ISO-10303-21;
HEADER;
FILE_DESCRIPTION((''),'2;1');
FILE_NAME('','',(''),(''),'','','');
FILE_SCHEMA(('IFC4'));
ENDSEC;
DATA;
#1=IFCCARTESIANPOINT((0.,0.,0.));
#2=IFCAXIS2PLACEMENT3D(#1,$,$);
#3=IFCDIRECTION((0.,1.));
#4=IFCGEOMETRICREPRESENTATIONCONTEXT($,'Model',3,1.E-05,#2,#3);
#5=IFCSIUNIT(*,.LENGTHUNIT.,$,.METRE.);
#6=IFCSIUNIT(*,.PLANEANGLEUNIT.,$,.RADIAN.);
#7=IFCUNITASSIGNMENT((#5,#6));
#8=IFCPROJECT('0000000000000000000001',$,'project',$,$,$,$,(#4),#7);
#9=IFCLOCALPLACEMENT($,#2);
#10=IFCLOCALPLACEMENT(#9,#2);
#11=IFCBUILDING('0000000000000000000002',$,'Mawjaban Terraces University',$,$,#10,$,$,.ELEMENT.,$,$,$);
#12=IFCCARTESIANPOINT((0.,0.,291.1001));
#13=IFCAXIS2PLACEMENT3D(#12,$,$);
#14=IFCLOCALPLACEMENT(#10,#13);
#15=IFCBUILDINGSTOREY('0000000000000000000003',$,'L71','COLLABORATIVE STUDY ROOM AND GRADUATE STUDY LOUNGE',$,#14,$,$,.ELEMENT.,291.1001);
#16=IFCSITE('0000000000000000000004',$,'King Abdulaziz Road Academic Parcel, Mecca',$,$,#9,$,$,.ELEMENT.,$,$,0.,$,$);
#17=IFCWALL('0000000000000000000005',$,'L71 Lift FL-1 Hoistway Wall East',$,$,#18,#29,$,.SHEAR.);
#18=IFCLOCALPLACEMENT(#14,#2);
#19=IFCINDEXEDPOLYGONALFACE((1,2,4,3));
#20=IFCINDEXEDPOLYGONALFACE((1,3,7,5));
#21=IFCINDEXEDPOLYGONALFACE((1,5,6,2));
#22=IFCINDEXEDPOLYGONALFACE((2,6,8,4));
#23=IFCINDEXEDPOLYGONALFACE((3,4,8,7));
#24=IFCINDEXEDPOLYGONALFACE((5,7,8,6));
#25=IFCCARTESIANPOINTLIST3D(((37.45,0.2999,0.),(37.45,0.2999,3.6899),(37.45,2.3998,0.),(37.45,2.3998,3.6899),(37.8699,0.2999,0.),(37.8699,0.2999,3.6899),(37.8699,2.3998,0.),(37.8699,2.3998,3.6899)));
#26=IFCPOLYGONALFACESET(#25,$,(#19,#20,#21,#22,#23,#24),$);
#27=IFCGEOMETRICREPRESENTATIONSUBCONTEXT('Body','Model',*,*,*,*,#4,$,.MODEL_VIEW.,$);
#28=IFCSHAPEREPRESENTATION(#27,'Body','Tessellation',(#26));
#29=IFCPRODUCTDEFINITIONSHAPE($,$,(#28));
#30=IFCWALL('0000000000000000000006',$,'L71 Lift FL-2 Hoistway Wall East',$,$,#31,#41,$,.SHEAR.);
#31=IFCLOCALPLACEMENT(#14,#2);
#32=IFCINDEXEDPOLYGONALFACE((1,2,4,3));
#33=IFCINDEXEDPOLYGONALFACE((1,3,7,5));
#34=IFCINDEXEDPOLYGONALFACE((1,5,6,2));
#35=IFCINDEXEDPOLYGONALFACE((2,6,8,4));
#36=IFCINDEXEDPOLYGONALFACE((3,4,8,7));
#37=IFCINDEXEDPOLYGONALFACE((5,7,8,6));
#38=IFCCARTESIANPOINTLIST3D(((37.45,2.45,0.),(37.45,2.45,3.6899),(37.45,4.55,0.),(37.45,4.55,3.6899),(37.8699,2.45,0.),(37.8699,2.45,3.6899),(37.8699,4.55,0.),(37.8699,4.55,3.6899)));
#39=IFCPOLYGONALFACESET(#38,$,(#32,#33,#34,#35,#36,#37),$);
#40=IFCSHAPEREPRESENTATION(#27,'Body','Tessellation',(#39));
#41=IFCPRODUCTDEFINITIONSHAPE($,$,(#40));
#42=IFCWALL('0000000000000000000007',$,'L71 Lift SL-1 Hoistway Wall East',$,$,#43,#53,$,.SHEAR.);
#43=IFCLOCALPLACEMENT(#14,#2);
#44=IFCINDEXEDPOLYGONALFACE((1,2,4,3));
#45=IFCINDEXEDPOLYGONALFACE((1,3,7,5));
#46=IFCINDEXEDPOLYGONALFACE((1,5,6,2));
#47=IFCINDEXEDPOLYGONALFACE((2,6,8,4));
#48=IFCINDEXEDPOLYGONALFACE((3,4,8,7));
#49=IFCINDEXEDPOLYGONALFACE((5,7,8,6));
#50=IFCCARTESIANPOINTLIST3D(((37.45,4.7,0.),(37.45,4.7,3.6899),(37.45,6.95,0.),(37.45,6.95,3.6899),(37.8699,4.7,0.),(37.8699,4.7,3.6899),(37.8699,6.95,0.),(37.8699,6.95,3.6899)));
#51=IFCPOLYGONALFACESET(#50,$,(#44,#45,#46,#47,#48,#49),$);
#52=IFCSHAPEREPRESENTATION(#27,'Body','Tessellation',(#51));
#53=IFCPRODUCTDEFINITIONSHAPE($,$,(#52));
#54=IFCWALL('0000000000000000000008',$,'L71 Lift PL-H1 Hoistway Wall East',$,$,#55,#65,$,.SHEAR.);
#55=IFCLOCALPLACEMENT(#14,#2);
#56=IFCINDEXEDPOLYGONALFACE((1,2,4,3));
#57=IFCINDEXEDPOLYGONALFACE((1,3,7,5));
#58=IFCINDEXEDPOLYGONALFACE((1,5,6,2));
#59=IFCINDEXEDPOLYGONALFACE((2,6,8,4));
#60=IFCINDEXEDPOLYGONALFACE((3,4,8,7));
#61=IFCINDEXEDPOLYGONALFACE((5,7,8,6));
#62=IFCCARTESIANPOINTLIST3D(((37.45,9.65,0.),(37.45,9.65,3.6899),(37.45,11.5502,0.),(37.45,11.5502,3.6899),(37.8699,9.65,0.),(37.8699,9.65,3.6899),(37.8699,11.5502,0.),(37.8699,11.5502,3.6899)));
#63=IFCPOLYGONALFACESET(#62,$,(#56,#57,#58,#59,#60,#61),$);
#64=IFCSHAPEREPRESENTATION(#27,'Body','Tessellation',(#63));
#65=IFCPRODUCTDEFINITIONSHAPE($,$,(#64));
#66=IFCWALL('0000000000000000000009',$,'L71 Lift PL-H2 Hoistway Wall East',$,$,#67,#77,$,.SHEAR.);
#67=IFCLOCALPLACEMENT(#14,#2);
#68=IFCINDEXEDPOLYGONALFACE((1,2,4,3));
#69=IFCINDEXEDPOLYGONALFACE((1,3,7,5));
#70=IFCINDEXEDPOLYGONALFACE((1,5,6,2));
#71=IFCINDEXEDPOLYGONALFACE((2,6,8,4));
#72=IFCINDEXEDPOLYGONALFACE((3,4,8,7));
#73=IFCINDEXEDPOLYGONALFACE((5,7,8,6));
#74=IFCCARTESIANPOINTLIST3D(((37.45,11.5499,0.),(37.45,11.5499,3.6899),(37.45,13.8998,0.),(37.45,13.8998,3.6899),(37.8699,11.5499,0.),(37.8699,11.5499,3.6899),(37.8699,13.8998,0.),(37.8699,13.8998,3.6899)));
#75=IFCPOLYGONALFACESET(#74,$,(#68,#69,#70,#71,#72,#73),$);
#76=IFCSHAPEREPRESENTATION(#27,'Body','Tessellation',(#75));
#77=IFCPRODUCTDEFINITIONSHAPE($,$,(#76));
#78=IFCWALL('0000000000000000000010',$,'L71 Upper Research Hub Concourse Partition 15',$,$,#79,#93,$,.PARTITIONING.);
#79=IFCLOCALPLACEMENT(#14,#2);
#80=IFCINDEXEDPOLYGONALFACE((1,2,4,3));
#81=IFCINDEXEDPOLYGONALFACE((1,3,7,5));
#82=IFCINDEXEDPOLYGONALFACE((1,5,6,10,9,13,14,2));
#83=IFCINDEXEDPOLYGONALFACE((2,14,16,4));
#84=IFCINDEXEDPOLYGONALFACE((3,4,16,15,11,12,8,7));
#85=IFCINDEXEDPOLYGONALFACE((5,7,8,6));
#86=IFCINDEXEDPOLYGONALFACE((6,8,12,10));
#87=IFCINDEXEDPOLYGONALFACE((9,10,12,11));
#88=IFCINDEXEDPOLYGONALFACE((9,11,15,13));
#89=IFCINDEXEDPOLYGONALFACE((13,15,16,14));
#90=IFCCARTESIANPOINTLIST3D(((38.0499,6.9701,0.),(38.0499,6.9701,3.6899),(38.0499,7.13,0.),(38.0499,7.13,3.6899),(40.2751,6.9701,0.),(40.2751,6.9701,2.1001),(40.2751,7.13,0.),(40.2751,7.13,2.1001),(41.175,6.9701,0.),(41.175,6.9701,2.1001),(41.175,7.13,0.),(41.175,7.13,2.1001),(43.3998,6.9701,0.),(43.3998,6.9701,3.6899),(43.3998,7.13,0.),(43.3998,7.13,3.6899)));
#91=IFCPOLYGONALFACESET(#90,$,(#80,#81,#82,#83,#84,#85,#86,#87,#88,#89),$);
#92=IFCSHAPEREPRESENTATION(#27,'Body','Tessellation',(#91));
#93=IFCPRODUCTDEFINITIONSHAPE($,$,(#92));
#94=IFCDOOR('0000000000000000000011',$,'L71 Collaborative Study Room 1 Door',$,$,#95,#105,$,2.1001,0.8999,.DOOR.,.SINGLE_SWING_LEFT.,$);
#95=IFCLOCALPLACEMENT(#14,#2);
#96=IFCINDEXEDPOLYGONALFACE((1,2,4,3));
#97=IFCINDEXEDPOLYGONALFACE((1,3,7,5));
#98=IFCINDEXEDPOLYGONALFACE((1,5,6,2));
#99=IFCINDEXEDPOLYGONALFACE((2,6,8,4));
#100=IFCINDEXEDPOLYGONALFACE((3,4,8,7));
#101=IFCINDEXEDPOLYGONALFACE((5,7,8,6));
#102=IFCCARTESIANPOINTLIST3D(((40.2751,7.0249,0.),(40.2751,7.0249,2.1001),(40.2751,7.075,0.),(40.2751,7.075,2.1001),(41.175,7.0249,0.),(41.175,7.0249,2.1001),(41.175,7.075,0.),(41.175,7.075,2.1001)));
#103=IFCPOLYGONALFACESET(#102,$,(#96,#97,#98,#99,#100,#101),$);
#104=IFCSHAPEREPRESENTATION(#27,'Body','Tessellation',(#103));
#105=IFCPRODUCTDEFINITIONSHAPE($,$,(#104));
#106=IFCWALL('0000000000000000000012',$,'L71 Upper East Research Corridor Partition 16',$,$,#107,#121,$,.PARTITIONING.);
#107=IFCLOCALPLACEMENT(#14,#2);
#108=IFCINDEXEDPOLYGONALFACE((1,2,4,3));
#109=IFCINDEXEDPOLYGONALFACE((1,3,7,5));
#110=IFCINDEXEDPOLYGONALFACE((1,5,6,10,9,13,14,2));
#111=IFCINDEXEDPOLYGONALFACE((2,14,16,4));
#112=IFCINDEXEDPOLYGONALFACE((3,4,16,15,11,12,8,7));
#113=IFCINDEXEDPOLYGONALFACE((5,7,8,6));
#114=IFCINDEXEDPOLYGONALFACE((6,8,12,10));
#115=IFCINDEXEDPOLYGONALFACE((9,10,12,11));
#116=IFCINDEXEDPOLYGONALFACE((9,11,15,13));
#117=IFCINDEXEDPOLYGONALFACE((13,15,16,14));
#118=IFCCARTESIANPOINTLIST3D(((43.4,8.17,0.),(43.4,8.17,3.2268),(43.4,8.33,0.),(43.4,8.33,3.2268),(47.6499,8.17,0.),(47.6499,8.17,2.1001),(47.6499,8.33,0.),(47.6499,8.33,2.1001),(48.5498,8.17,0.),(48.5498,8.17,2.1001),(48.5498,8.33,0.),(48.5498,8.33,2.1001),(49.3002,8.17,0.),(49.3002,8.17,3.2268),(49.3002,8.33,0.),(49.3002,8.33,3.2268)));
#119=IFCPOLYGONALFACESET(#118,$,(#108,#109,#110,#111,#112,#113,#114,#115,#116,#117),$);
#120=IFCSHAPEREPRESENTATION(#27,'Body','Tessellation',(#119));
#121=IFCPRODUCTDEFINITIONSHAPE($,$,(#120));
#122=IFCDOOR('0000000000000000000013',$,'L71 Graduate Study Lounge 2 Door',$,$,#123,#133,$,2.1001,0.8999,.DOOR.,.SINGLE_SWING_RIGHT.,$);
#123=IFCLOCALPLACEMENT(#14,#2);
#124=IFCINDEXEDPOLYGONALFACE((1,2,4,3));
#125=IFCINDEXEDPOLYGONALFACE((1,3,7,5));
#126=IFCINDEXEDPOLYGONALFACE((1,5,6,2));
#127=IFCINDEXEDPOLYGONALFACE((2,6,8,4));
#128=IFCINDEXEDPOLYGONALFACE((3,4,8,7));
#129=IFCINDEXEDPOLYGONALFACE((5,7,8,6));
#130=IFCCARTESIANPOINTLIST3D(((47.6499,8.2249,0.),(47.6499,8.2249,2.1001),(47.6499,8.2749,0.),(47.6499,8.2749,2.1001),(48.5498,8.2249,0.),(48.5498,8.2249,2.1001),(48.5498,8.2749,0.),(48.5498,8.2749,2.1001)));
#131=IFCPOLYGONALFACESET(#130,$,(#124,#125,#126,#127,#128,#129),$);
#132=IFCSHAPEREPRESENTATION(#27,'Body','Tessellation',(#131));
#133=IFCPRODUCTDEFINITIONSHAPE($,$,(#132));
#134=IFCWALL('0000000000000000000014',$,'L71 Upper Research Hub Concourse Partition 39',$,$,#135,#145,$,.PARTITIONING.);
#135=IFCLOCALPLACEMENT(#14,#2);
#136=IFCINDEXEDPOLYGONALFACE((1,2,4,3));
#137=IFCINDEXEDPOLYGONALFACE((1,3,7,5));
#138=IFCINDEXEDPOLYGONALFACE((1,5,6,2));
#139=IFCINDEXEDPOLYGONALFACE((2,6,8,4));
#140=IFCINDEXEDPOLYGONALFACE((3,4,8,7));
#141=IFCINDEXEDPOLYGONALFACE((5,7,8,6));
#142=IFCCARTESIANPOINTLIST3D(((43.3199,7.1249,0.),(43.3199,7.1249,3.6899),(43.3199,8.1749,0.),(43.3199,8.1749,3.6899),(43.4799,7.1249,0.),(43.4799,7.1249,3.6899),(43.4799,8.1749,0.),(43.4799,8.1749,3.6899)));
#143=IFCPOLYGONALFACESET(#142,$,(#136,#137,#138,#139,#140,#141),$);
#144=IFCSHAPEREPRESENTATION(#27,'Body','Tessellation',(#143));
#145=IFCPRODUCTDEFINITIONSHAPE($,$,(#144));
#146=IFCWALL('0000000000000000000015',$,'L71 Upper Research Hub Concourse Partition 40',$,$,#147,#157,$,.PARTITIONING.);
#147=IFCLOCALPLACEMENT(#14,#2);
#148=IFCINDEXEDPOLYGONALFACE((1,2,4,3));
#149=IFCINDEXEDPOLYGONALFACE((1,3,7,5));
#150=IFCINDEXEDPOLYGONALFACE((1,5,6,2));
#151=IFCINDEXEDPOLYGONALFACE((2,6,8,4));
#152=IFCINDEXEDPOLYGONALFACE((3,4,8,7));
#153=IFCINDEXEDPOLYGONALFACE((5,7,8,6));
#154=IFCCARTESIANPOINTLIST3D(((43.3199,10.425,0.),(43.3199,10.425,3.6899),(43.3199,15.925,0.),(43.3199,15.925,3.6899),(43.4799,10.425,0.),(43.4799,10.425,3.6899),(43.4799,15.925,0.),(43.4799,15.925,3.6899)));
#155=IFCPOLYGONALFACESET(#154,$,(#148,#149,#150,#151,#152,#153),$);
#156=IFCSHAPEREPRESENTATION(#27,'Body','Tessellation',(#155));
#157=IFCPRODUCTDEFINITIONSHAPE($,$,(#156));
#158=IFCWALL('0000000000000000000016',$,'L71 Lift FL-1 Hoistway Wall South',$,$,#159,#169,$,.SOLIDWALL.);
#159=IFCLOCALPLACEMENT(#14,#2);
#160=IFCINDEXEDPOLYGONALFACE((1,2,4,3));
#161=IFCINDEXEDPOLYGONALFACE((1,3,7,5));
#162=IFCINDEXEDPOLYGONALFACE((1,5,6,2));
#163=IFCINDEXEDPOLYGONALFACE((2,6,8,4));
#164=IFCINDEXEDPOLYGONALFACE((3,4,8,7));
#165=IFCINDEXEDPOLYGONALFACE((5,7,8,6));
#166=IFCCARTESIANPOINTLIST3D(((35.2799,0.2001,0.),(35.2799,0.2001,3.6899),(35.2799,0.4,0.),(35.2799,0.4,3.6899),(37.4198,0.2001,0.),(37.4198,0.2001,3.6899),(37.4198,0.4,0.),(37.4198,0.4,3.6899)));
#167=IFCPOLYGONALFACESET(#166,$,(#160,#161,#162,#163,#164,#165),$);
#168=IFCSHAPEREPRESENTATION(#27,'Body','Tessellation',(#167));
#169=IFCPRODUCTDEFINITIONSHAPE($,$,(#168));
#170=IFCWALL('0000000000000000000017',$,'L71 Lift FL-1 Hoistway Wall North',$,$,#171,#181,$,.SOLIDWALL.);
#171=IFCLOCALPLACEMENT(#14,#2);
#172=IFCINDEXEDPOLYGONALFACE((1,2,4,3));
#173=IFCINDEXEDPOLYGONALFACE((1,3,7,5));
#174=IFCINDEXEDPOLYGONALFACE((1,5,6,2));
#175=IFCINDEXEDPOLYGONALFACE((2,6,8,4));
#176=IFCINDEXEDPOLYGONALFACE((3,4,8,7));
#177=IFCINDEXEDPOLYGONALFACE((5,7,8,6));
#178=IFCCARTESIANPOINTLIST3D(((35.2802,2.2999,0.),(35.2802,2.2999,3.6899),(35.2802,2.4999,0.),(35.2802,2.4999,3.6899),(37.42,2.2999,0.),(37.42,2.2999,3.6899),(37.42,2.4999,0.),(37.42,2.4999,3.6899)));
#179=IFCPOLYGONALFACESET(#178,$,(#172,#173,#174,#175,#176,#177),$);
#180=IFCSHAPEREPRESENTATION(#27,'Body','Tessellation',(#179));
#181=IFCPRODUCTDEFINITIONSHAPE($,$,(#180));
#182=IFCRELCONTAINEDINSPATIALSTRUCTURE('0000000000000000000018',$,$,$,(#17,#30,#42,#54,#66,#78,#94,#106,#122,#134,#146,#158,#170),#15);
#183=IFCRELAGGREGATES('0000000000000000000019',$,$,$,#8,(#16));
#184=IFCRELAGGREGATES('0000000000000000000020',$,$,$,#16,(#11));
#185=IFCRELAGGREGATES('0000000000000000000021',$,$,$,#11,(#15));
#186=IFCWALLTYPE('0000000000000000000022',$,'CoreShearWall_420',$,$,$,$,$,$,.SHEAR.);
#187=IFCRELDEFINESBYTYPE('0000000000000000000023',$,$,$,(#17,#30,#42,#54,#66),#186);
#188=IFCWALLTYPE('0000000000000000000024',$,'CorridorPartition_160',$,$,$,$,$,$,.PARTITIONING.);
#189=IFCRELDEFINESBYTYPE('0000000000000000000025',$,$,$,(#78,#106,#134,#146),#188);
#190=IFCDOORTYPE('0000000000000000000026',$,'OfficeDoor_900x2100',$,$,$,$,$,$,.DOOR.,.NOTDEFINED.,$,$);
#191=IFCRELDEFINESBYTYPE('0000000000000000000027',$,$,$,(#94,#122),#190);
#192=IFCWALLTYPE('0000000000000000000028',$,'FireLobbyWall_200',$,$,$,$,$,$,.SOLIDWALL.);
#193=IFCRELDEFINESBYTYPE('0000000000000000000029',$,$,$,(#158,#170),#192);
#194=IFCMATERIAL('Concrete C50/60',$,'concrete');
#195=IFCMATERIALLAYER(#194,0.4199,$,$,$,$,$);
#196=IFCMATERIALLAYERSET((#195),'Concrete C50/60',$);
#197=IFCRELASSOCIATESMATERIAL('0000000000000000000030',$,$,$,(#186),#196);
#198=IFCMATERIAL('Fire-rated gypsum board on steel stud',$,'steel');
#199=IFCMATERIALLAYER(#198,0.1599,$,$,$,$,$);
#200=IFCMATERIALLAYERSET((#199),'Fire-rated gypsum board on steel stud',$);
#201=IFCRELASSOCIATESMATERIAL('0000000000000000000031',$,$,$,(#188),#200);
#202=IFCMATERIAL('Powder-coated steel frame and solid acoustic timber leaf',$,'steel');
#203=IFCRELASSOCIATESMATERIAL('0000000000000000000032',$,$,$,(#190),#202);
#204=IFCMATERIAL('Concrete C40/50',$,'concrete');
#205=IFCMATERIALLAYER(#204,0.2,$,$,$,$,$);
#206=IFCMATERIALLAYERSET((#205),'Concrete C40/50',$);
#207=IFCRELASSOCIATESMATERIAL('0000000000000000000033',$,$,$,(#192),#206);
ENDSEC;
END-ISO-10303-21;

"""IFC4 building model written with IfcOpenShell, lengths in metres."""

from ifc_helpers import new_model, si_unit, direction, frame, frame_2d, origin, place, context, subcontext, project, spatial, rectangle, extrude, material, layer, layer_set, type_object, element, fill, save


model = new_model("IFC4")

# Units and contexts
model_context = context("Model", 3, precision=1e-05, world=origin(), true_north=direction((0.0, 1.0)))
body_context = subcontext(model_context, "Body", "Model", "MODEL_VIEW")
ifc_project = project(units=[si_unit("LENGTHUNIT", "METRE"), si_unit("PLANEANGLEUNIT", "RADIAN")], contexts=[model_context])

# Site, building, storey
site_placement = place(None, origin())
site = spatial("IfcSite", under=ifc_project, at=site_placement, Name="King Abdulaziz Road Academic Parcel, Mecca", CompositionType="ELEMENT", RefElevation=0.0)
building_placement = place(site_placement, origin())
building = spatial("IfcBuilding", under=site, at=building_placement, Name="Mawjaban Terraces University", CompositionType="ELEMENT")
storey_placement = place(building_placement, frame((0.0, 0.0, 291.1001)))
storey = spatial("IfcBuildingStorey", under=building, at=storey_placement, Name="L71", Description="COLLABORATIVE STUDY ROOM AND GRADUATE STUDY LOUNGE", CompositionType="ELEMENT", Elevation=291.1001)

# Shared definitions
ifc_material_1 = material(Name="Concrete C50/60", Category="concrete")

# Walls
ifc_layer_1 = layer(ifc_material_1, 0.4199)
ifc_layer_set_1 = layer_set([ifc_layer_1], Name="Concrete C50/60")
wall_type_1 = type_object("IfcWallType", Name="CoreShearWall_420", PredefinedType="SHEAR", material=ifc_layer_set_1)
wall_1_placement = place(storey_placement, frame((37.6599, 0.3, 0.0), z_axis=(0.0, 0.0, 1.0), x_axis=(0.0, 1.0, 0.0)))
element("IfcWall", 1, at=wall_1_placement, inside=storey, type_object=wall_type_1, Name="L71 Lift FL-1 Hoistway Wall East", PredefinedType="SHEAR", context=body_context, shape_type="SweptSolid", body=[
    extrude(rectangle(XDim=2.0999, YDim=0.4199, at=frame_2d((1.0498, 0.0))), origin(), (0.0, 0.0, 1.0), 3.6899),
])
wall_2_placement = place(storey_placement, frame((37.6599, 2.45, 0.0), z_axis=(0.0, 0.0, 1.0), x_axis=(0.0, 1.0, 0.0)))
element("IfcWall", 2, at=wall_2_placement, inside=storey, type_object=wall_type_1, Name="L71 Lift FL-2 Hoistway Wall East", PredefinedType="SHEAR", context=body_context, shape_type="SweptSolid", body=[
    extrude(rectangle(XDim=2.1001, YDim=0.4199, at=frame_2d((1.05, 0.0))), origin(), (0.0, 0.0, 1.0), 3.6899),
])
wall_3_placement = place(storey_placement, frame((37.6599, 4.7, 0.0), z_axis=(0.0, 0.0, 1.0), x_axis=(0.0, 1.0, 0.0)))
element("IfcWall", 3, at=wall_3_placement, inside=storey, type_object=wall_type_1, Name="L71 Lift SL-1 Hoistway Wall East", PredefinedType="SHEAR", context=body_context, shape_type="SweptSolid", body=[
    extrude(rectangle(XDim=2.25, YDim=0.4199, at=frame_2d((1.125, 0.0))), origin(), (0.0, 0.0, 1.0), 3.6899),
])
wall_4_placement = place(storey_placement, frame((37.6599, 9.6499, 0.0), z_axis=(0.0, 0.0, 1.0), x_axis=(0.0, 1.0, 0.0)))
element("IfcWall", 4, at=wall_4_placement, inside=storey, type_object=wall_type_1, Name="L71 Lift PL-H1 Hoistway Wall East", PredefinedType="SHEAR", context=body_context, shape_type="SweptSolid", body=[
    extrude(rectangle(XDim=1.9001, YDim=0.4199, at=frame_2d((0.9502, 0.0))), origin(), (0.0, 0.0, 1.0), 3.6899),
])
wall_5_placement = place(storey_placement, frame((37.6599, 11.55, 0.0), z_axis=(0.0, 0.0, 1.0), x_axis=(0.0, 1.0, 0.0)))
element("IfcWall", 5, at=wall_5_placement, inside=storey, type_object=wall_type_1, Name="L71 Lift PL-H2 Hoistway Wall East", PredefinedType="SHEAR", context=body_context, shape_type="SweptSolid", body=[
    extrude(rectangle(XDim=2.3499, YDim=0.4199, at=frame_2d((1.1748, 0.0))), origin(), (0.0, 0.0, 1.0), 3.6899),
])

# Walls, openings, doors
ifc_material_2 = material(Name="Fire-rated gypsum board on steel stud", Category="steel")
ifc_layer_2 = layer(ifc_material_2, 0.1599)
ifc_layer_set_2 = layer_set([ifc_layer_2], Name="Fire-rated gypsum board on steel stud")
wall_type_2 = type_object("IfcWallType", Name="CorridorPartition_160", PredefinedType="PARTITIONING", material=ifc_layer_set_2)
wall_6_placement = place(storey_placement, frame((38.05, 7.05, 0.0), z_axis=(0.0, 0.0, 1.0), x_axis=(1.0, 0.0, 0.0)))
wall_6 = element("IfcWall", 6, at=wall_6_placement, inside=storey, type_object=wall_type_2, Name="L71 Upper Research Hub Concourse Partition 15", PredefinedType="PARTITIONING", context=body_context, shape_type="SweptSolid", body=[
    extrude(rectangle(XDim=5.3499, YDim=0.1599, at=frame_2d((2.6748, 0.0))), origin(), (0.0, 0.0, 1.0), 3.6899),
])
opening_1_placement = place(wall_6_placement, frame((2.2251, 0.0, 0.0)))
opening_1 = element("IfcOpeningElement", 7, at=opening_1_placement, cuts=wall_6, PredefinedType="OPENING", context=body_context, shape_type="SweptSolid", body=[
    extrude(rectangle(XDim=0.8999, YDim=2.1001, at=frame_2d((0.45, 1.05))), frame((0.0, 0.0898, 0.0), z_axis=(0.0, -1.0, 0.0), x_axis=(1.0, 0.0, 0.0)), (0.0, 0.0, 1.0), 0.1799),
])
ifc_material_3 = material(Name="Powder-coated steel frame and solid acoustic timber leaf", Category="steel")
door_type = type_object("IfcDoorType", Name="OfficeDoor_900x2100", OperationType="NOTDEFINED", PredefinedType="DOOR", material=ifc_material_3)
door_1_placement = place(opening_1_placement, origin())
door_1 = element("IfcDoor", 8, at=door_1_placement, inside=storey, type_object=door_type, Name="L71 Collaborative Study Room 1 Door", OperationType="SINGLE_SWING_LEFT", OverallHeight=2.1001, OverallWidth=0.8999, PredefinedType="DOOR", context=body_context, shape_type="SweptSolid", body=[
    extrude(rectangle(XDim=0.8999, YDim=2.1001, at=frame_2d((0.45, 1.05))), frame((0.0, 0.0249, 0.0), z_axis=(0.0, -1.0, 0.0), x_axis=(1.0, 0.0, 0.0)), (0.0, 0.0, 1.0), 0.05),
])
fill(opening_1, door_1)
wall_7_placement = place(storey_placement, frame((43.3999, 8.25, 0.0), z_axis=(0.0, 0.0, 1.0), x_axis=(1.0, 0.0, 0.0)))
wall_7 = element("IfcWall", 9, at=wall_7_placement, inside=storey, type_object=wall_type_2, Name="L71 Upper East Research Corridor Partition 16", PredefinedType="PARTITIONING", context=body_context, shape_type="SweptSolid", body=[
    extrude(rectangle(XDim=5.9001, YDim=0.1599, at=frame_2d((2.9502, 0.0))), origin(), (0.0, 0.0, 1.0), 3.2268),
])
opening_2_placement = place(wall_7_placement, frame((4.25, 0.0, 0.0)))
opening_2 = element("IfcOpeningElement", 10, at=opening_2_placement, cuts=wall_7, PredefinedType="OPENING", context=body_context, shape_type="SweptSolid", body=[
    extrude(rectangle(XDim=0.8999, YDim=2.1001, at=frame_2d((0.45, 1.05))), frame((0.0, 0.0898, 0.0), z_axis=(0.0, -1.0, 0.0), x_axis=(1.0, 0.0, 0.0)), (0.0, 0.0, 1.0), 0.1799),
])
door_2_placement = place(opening_2_placement, origin())
door_2 = element("IfcDoor", 11, at=door_2_placement, inside=storey, type_object=door_type, Name="L71 Graduate Study Lounge 2 Door", OperationType="SINGLE_SWING_RIGHT", OverallHeight=2.1001, OverallWidth=0.8999, PredefinedType="DOOR", context=body_context, shape_type="SweptSolid", body=[
    extrude(rectangle(XDim=0.8999, YDim=2.1001, at=frame_2d((0.45, 1.05))), frame((0.0, 0.0249, 0.0), z_axis=(0.0, -1.0, 0.0), x_axis=(1.0, 0.0, 0.0)), (0.0, 0.0, 1.0), 0.05),
])
fill(opening_2, door_2)

# Walls
wall_8_placement = place(storey_placement, frame((43.3999, 7.125, 0.0), z_axis=(0.0, 0.0, 1.0), x_axis=(0.0, 1.0, 0.0)))
element("IfcWall", 12, at=wall_8_placement, inside=storey, type_object=wall_type_2, Name="L71 Upper Research Hub Concourse Partition 39", PredefinedType="PARTITIONING", context=body_context, shape_type="SweptSolid", body=[
    extrude(rectangle(XDim=1.05, YDim=0.1599, at=frame_2d((0.5249, 0.0))), origin(), (0.0, 0.0, 1.0), 3.6899),
])
wall_9_placement = place(storey_placement, frame((43.3999, 10.425, 0.0), z_axis=(0.0, 0.0, 1.0), x_axis=(0.0, 1.0, 0.0)))
element("IfcWall", 13, at=wall_9_placement, inside=storey, type_object=wall_type_2, Name="L71 Upper Research Hub Concourse Partition 40", PredefinedType="PARTITIONING", context=body_context, shape_type="SweptSolid", body=[
    extrude(rectangle(XDim=5.5, YDim=0.1599, at=frame_2d((2.75, 0.0))), origin(), (0.0, 0.0, 1.0), 3.6899),
])
ifc_material_4 = material(Name="Concrete C40/50", Category="concrete")
ifc_layer_3 = layer(ifc_material_4, 0.2)
ifc_layer_set_3 = layer_set([ifc_layer_3], Name="Concrete C40/50")
wall_type_3 = type_object("IfcWallType", Name="FireLobbyWall_200", PredefinedType="SOLIDWALL", material=ifc_layer_set_3)
for number, where, z_axis, x_axis, name in (
    (14, (35.28, 0.3, 0.0), (0.0, 0.0, 1.0), (1.0, 0.0, 0.0), "L71 Lift FL-1 Hoistway Wall South"),
    (15, (37.4199, 2.3999, 0.0), (0.0, 0.0, 1.0), (-1.0, 0.0, 0.0), "L71 Lift FL-1 Hoistway Wall North"),
):
    element("IfcWall", number, at=place(storey_placement, frame(where, z_axis=z_axis, x_axis=x_axis)), inside=storey, type_object=wall_type_3, Name=name, PredefinedType="SOLIDWALL", context=body_context, shape_type="SweptSolid", body=[
        extrude(rectangle(XDim=2.1399, YDim=0.2, at=frame_2d((1.0698, 0.0))), origin(), (0.0, 0.0, 1.0), 3.6899),
    ])

save(model, "model.ifc")
